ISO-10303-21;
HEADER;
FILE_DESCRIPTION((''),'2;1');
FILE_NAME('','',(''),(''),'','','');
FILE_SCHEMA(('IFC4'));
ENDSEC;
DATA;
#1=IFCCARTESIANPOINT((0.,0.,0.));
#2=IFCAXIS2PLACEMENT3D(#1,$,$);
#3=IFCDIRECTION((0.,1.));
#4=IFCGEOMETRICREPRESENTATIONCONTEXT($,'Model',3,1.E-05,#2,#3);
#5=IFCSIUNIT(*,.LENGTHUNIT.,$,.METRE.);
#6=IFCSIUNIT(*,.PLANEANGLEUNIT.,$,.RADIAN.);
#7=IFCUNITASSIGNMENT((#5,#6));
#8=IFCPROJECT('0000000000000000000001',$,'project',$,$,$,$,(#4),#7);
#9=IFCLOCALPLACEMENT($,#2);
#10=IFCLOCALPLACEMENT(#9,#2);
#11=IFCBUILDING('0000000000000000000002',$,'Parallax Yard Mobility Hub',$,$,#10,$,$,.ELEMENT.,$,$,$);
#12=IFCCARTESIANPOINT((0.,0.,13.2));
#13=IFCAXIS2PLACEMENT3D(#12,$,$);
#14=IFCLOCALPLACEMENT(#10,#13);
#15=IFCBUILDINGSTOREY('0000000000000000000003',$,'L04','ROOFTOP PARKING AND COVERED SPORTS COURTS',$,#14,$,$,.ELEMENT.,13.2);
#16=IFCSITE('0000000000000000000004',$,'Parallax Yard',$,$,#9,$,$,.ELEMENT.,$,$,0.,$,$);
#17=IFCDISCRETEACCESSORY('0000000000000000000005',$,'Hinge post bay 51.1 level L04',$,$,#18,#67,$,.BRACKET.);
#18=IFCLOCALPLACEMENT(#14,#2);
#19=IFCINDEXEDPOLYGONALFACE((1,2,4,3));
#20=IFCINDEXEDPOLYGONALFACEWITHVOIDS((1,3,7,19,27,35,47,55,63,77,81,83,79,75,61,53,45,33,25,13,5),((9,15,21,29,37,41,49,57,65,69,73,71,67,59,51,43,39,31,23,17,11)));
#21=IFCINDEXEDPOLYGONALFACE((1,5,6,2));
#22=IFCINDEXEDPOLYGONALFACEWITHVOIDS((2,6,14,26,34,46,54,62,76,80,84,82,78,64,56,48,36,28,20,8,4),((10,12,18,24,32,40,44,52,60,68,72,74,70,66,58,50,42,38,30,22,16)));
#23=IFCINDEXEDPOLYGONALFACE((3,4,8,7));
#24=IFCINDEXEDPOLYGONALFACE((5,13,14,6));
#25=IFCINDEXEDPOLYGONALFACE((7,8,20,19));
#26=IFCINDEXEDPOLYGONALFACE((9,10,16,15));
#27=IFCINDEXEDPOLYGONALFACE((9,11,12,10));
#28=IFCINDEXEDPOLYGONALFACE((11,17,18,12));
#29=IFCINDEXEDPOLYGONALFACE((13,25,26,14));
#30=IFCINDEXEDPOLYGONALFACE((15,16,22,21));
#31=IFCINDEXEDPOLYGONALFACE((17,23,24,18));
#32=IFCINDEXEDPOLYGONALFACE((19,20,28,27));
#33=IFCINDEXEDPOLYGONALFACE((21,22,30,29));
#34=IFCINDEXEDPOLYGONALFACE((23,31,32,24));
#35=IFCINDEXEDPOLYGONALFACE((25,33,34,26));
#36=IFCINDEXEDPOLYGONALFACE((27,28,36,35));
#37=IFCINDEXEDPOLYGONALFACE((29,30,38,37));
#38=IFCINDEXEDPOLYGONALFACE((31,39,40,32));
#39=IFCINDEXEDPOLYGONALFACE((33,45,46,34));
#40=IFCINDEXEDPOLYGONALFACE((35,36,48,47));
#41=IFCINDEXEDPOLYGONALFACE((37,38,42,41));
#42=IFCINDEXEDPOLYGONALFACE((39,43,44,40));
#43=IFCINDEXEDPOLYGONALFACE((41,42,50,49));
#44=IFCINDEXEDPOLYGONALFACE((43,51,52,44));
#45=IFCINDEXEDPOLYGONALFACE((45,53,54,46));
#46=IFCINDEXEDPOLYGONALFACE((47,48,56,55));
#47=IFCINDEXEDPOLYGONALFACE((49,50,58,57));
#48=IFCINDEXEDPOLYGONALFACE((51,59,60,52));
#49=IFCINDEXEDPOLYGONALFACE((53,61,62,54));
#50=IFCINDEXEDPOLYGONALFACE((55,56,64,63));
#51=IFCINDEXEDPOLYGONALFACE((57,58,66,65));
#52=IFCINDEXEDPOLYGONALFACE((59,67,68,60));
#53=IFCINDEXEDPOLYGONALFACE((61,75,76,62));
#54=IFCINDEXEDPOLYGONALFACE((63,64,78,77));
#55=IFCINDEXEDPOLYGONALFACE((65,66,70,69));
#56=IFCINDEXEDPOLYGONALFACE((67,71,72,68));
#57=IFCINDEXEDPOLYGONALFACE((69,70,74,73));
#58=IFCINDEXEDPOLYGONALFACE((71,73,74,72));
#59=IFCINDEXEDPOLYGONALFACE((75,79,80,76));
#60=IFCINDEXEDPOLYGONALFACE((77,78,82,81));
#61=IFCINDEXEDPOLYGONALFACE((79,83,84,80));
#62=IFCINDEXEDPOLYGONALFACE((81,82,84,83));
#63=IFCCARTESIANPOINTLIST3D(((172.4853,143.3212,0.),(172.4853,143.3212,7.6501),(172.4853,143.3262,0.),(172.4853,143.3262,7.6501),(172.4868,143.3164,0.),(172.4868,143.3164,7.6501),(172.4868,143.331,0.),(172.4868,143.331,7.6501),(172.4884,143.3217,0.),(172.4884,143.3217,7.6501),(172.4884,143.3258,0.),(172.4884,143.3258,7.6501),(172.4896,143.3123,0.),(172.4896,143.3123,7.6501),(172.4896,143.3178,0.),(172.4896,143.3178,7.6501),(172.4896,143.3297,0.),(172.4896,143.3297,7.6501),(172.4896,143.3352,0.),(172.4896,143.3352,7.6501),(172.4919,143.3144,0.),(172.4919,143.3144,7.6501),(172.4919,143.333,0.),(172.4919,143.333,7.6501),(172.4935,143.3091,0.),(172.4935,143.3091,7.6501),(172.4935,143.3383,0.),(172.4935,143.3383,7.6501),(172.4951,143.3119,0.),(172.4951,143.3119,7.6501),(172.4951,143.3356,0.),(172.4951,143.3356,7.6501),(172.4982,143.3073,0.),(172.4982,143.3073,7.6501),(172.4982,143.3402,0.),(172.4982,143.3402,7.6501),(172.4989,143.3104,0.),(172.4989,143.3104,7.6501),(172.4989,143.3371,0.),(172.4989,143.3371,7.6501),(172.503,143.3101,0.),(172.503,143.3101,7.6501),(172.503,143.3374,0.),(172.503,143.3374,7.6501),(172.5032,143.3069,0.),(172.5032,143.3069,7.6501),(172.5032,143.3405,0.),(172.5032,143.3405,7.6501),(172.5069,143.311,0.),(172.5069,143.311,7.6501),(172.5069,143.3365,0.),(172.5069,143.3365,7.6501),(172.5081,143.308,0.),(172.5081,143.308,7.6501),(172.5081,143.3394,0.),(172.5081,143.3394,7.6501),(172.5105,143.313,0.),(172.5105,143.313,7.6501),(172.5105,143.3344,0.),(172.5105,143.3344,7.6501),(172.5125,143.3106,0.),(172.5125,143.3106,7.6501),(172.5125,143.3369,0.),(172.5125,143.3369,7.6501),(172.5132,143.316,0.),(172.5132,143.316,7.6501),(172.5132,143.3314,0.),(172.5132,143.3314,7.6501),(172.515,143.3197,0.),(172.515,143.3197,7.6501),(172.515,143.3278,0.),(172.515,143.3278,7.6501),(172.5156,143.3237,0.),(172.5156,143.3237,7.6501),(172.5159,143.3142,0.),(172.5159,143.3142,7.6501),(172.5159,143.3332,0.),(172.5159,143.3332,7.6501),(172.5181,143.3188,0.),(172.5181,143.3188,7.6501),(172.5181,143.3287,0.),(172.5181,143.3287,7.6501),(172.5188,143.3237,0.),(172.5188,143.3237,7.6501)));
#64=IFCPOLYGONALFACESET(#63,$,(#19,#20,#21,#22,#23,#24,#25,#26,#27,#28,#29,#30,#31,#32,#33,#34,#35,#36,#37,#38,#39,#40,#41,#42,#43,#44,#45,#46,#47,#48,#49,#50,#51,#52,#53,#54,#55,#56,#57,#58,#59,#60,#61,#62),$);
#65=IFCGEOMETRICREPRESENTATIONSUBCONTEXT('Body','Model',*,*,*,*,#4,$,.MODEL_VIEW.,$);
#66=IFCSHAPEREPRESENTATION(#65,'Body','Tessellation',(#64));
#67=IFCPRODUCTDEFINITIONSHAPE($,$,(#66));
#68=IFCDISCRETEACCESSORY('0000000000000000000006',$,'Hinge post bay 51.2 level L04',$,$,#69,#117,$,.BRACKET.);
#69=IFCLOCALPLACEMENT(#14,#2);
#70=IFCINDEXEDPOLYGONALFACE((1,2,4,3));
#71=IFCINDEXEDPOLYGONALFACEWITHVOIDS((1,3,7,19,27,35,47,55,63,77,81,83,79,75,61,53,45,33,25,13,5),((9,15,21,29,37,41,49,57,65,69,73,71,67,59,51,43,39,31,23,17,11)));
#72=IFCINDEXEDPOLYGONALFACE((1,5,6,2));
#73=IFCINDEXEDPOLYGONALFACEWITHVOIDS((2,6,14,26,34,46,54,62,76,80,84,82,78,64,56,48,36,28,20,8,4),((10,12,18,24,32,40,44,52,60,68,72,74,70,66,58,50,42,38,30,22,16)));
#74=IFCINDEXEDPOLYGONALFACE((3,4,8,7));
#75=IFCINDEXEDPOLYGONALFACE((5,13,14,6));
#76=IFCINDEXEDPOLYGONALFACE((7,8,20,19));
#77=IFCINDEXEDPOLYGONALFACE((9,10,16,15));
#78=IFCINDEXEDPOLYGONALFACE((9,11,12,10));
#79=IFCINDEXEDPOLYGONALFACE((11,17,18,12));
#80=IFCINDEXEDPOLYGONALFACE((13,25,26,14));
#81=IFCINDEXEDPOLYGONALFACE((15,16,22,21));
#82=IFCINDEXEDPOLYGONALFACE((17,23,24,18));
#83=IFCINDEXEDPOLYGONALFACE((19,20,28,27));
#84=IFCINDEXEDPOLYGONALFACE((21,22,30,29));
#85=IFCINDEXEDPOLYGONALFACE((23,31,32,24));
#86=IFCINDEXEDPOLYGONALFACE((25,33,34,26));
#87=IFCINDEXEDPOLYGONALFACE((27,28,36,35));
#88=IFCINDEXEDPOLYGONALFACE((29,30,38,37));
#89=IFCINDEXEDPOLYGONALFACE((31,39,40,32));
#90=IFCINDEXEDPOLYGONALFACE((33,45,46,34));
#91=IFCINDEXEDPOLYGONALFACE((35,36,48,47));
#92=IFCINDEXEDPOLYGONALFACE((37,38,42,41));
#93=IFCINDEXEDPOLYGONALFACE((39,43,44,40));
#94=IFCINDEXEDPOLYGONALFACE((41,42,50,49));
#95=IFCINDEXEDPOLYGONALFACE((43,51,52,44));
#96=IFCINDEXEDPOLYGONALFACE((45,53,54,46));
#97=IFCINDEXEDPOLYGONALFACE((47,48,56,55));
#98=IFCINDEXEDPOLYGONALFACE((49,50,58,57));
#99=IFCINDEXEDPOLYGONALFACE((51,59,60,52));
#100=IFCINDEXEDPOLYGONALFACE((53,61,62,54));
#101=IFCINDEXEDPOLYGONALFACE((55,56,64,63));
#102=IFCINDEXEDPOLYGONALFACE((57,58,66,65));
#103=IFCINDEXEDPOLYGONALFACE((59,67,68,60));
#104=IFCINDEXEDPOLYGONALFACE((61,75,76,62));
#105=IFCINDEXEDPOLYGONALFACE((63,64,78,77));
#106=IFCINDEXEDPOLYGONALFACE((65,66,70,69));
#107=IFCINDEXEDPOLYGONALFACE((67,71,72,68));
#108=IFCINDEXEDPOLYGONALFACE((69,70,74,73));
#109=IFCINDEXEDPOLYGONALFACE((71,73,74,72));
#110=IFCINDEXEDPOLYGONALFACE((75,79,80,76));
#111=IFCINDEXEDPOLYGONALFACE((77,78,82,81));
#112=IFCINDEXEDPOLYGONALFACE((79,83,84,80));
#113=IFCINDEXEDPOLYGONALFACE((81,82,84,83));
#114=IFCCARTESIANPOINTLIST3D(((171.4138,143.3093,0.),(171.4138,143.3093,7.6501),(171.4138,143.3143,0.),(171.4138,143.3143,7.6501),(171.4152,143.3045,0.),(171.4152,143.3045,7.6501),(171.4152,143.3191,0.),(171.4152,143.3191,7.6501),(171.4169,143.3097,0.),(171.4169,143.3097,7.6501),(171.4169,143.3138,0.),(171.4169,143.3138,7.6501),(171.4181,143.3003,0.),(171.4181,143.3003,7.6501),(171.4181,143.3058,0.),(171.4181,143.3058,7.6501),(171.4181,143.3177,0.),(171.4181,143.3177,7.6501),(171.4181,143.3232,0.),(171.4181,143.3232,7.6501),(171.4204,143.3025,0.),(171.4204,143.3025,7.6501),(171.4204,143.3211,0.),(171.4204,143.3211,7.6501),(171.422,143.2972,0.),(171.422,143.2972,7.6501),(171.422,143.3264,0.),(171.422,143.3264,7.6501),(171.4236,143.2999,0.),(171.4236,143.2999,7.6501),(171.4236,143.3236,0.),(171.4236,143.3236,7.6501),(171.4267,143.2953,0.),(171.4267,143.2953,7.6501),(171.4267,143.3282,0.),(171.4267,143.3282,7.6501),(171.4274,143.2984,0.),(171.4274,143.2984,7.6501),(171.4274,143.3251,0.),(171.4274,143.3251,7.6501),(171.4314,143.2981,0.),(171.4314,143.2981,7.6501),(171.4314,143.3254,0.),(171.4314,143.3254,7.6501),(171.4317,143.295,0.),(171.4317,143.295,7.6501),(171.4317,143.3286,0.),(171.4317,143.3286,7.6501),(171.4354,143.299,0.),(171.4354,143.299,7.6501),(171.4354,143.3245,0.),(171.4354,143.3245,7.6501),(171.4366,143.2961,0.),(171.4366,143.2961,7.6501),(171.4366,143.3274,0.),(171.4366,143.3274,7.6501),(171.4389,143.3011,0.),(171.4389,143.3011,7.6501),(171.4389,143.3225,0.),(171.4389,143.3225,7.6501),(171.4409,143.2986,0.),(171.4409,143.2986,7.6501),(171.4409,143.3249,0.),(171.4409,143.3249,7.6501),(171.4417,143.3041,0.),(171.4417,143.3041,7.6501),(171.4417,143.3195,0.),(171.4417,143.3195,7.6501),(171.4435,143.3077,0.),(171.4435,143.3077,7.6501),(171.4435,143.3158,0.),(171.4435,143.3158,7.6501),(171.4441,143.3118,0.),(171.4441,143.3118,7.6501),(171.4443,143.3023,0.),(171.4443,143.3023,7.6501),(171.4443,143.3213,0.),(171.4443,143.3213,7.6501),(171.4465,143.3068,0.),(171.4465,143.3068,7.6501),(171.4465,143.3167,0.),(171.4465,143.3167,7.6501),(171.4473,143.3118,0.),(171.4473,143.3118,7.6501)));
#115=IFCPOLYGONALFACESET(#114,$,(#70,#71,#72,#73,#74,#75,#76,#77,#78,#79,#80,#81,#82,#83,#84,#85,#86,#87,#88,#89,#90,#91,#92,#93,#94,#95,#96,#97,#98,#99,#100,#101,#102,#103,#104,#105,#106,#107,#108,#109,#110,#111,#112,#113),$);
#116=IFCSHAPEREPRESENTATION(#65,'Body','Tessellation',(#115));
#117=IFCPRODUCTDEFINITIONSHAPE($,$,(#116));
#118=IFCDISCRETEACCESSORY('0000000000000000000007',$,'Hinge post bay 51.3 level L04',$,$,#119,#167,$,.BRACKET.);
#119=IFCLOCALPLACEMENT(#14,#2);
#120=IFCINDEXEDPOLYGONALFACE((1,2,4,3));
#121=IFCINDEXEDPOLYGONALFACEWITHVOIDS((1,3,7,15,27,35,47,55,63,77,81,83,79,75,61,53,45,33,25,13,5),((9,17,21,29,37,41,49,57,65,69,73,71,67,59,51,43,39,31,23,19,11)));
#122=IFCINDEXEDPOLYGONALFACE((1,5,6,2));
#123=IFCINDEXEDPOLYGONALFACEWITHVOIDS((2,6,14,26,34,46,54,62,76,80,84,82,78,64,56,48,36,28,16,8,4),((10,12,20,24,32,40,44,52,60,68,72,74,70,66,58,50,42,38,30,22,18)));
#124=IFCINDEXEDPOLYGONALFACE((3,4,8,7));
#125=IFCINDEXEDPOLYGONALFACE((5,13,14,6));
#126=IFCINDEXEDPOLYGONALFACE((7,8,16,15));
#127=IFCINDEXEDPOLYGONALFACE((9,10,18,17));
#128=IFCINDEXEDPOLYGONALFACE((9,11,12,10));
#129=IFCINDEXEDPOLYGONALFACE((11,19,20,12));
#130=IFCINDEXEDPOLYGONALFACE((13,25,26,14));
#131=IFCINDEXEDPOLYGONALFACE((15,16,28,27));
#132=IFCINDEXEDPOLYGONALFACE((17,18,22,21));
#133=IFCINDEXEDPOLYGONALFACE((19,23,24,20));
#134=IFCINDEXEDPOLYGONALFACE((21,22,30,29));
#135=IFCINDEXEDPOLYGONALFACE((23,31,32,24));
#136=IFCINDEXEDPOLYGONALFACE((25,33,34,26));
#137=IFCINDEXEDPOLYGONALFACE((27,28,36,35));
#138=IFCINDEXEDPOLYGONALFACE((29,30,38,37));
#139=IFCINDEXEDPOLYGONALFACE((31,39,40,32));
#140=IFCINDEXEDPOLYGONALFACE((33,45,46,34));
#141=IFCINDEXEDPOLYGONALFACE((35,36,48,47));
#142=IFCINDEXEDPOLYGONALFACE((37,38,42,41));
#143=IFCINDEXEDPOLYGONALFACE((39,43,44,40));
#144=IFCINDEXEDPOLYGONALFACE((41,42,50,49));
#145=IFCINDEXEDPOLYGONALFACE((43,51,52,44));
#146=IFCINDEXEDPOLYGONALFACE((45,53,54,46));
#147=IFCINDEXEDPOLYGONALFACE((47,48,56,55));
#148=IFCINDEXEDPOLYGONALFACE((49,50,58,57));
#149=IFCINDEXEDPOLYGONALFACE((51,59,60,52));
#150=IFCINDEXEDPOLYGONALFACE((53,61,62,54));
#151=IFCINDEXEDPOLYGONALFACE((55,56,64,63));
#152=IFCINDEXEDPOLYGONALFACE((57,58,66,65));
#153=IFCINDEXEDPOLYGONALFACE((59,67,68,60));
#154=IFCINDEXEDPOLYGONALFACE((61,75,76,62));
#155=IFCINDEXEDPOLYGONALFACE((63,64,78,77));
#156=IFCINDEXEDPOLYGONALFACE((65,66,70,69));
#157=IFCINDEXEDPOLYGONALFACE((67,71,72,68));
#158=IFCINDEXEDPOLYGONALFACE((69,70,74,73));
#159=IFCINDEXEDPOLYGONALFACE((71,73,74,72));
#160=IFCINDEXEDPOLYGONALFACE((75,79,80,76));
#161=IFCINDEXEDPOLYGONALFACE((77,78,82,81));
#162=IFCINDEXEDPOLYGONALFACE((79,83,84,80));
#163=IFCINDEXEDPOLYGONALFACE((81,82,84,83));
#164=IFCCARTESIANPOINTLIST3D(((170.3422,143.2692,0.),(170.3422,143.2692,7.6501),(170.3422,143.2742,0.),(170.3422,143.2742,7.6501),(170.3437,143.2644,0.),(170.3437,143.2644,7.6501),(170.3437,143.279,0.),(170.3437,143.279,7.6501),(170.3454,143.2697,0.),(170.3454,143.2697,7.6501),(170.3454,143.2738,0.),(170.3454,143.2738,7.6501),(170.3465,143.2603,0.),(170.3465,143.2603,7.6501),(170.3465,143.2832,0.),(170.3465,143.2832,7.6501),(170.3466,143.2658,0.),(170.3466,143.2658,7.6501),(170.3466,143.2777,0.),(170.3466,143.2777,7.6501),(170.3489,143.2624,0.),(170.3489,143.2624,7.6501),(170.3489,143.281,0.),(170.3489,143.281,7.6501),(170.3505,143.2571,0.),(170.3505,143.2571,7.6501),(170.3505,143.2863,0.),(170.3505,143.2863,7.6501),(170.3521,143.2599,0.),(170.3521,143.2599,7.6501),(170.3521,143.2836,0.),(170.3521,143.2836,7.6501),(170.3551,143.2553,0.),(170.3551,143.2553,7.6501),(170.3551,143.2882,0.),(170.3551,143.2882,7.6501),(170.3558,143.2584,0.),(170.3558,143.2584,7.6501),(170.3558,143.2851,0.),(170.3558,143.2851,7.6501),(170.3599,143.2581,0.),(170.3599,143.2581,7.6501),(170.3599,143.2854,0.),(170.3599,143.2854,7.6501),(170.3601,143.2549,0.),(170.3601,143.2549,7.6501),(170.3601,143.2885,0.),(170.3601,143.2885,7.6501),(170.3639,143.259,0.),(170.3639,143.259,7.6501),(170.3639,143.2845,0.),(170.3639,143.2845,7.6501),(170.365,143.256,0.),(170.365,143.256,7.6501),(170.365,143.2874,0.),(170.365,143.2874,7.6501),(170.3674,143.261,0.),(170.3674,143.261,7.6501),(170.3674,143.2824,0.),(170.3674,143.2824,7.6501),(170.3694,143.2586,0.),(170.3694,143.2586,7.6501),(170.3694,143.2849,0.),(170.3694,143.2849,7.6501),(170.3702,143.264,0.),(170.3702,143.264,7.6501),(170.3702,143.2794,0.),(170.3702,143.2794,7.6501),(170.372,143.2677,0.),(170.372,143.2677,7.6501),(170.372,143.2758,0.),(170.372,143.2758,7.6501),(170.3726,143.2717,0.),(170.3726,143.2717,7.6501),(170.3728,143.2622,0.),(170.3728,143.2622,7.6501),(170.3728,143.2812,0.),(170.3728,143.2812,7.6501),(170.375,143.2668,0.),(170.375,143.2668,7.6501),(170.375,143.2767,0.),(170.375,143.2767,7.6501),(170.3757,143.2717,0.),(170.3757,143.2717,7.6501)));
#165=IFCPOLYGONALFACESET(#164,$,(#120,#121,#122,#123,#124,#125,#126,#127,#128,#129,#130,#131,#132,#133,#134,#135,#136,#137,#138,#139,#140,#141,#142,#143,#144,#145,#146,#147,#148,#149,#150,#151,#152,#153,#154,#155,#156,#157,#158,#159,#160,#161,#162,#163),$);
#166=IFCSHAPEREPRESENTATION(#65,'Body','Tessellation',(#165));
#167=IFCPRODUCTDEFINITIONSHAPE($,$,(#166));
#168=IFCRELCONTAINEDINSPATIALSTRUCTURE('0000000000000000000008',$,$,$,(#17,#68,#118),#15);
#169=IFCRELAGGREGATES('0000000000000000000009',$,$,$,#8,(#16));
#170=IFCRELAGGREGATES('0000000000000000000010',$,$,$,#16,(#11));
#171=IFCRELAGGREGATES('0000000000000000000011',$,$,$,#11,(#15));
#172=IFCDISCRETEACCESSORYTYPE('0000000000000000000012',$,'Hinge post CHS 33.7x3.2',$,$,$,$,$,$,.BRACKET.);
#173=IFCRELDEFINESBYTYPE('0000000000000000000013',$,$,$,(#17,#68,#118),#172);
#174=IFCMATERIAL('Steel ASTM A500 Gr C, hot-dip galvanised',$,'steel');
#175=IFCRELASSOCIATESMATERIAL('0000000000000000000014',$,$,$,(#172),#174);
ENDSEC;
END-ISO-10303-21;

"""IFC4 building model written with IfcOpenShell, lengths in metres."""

from ifc_helpers import new_model, si_unit, direction, frame, origin, origin_2d, place, context, subcontext, project, spatial, hollow_circle, extrude, material, material_profile, profile_set, type_object, element, save


model = new_model("IFC4")

# Units and contexts
model_context = context("Model", 3, precision=1e-05, world=origin(), true_north=direction((0.0, 1.0)))
body_context = subcontext(model_context, "Body", "Model", "MODEL_VIEW")
ifc_project = project(units=[si_unit("LENGTHUNIT", "METRE"), si_unit("PLANEANGLEUNIT", "RADIAN")], contexts=[model_context])

# Site, building, storey
site_placement = place(None, origin())
site = spatial("IfcSite", under=ifc_project, at=site_placement, Name="Parallax Yard", CompositionType="ELEMENT", RefElevation=0.0)
building_placement = place(site_placement, origin())
building = spatial("IfcBuilding", under=site, at=building_placement, Name="Parallax Yard Mobility Hub", CompositionType="ELEMENT")
storey_placement = place(building_placement, frame((0.0, 0.0, 13.2)))
storey = spatial("IfcBuildingStorey", under=building, at=storey_placement, Name="L04", Description="ROOFTOP PARKING AND COVERED SPORTS COURTS", CompositionType="ELEMENT", Elevation=13.2)

# Discrete accessories
ifc_material_1 = material(Name="Steel ASTM A500 Gr C, hot-dip galvanised", Category="steel")
ifc_material_profile = material_profile(ifc_material_1, hollow_circle(Radius=0.0168, WallThickness=0.0032, at=origin_2d()), Name="CHS 33.7x3.2")
ifc_profile_set = profile_set([ifc_material_profile], Name="Steel ASTM A500 Gr C, hot-dip galvanised")
discrete_accessory_type_1 = type_object("IfcDiscreteAccessoryType", Name="Hinge post CHS 33.7x3.2", PredefinedType="BRACKET", material=ifc_profile_set)
for number, where, z_axis, x_axis, name in (
    (1, (172.502, 143.3237, 0.0), (0.0, 0.0, 1.0), (1.0, 0.0, 0.0), "Hinge post bay 51.1 level L04"),
    (2, (171.4304, 143.3118, 0.0), (0.0, 0.0, 1.0), (1.0, 0.0, 0.0), "Hinge post bay 51.2 level L04"),
    (3, (170.3589, 143.2717, 0.0), (0.0, 0.0, 1.0), (1.0, 0.0, 0.0), "Hinge post bay 51.3 level L04"),
):
    element("IfcDiscreteAccessory", number, at=place(storey_placement, frame(where, z_axis=z_axis, x_axis=x_axis)), inside=storey, type_object=discrete_accessory_type_1, Name=name, PredefinedType="BRACKET", context=body_context, shape_type="SweptSolid", body=[
        extrude(hollow_circle(Radius=0.0168, WallThickness=0.0032, at=origin_2d()), origin(), (0.0, 0.0, 1.0), 7.6501),
    ])

save(model, "model.ifc")
